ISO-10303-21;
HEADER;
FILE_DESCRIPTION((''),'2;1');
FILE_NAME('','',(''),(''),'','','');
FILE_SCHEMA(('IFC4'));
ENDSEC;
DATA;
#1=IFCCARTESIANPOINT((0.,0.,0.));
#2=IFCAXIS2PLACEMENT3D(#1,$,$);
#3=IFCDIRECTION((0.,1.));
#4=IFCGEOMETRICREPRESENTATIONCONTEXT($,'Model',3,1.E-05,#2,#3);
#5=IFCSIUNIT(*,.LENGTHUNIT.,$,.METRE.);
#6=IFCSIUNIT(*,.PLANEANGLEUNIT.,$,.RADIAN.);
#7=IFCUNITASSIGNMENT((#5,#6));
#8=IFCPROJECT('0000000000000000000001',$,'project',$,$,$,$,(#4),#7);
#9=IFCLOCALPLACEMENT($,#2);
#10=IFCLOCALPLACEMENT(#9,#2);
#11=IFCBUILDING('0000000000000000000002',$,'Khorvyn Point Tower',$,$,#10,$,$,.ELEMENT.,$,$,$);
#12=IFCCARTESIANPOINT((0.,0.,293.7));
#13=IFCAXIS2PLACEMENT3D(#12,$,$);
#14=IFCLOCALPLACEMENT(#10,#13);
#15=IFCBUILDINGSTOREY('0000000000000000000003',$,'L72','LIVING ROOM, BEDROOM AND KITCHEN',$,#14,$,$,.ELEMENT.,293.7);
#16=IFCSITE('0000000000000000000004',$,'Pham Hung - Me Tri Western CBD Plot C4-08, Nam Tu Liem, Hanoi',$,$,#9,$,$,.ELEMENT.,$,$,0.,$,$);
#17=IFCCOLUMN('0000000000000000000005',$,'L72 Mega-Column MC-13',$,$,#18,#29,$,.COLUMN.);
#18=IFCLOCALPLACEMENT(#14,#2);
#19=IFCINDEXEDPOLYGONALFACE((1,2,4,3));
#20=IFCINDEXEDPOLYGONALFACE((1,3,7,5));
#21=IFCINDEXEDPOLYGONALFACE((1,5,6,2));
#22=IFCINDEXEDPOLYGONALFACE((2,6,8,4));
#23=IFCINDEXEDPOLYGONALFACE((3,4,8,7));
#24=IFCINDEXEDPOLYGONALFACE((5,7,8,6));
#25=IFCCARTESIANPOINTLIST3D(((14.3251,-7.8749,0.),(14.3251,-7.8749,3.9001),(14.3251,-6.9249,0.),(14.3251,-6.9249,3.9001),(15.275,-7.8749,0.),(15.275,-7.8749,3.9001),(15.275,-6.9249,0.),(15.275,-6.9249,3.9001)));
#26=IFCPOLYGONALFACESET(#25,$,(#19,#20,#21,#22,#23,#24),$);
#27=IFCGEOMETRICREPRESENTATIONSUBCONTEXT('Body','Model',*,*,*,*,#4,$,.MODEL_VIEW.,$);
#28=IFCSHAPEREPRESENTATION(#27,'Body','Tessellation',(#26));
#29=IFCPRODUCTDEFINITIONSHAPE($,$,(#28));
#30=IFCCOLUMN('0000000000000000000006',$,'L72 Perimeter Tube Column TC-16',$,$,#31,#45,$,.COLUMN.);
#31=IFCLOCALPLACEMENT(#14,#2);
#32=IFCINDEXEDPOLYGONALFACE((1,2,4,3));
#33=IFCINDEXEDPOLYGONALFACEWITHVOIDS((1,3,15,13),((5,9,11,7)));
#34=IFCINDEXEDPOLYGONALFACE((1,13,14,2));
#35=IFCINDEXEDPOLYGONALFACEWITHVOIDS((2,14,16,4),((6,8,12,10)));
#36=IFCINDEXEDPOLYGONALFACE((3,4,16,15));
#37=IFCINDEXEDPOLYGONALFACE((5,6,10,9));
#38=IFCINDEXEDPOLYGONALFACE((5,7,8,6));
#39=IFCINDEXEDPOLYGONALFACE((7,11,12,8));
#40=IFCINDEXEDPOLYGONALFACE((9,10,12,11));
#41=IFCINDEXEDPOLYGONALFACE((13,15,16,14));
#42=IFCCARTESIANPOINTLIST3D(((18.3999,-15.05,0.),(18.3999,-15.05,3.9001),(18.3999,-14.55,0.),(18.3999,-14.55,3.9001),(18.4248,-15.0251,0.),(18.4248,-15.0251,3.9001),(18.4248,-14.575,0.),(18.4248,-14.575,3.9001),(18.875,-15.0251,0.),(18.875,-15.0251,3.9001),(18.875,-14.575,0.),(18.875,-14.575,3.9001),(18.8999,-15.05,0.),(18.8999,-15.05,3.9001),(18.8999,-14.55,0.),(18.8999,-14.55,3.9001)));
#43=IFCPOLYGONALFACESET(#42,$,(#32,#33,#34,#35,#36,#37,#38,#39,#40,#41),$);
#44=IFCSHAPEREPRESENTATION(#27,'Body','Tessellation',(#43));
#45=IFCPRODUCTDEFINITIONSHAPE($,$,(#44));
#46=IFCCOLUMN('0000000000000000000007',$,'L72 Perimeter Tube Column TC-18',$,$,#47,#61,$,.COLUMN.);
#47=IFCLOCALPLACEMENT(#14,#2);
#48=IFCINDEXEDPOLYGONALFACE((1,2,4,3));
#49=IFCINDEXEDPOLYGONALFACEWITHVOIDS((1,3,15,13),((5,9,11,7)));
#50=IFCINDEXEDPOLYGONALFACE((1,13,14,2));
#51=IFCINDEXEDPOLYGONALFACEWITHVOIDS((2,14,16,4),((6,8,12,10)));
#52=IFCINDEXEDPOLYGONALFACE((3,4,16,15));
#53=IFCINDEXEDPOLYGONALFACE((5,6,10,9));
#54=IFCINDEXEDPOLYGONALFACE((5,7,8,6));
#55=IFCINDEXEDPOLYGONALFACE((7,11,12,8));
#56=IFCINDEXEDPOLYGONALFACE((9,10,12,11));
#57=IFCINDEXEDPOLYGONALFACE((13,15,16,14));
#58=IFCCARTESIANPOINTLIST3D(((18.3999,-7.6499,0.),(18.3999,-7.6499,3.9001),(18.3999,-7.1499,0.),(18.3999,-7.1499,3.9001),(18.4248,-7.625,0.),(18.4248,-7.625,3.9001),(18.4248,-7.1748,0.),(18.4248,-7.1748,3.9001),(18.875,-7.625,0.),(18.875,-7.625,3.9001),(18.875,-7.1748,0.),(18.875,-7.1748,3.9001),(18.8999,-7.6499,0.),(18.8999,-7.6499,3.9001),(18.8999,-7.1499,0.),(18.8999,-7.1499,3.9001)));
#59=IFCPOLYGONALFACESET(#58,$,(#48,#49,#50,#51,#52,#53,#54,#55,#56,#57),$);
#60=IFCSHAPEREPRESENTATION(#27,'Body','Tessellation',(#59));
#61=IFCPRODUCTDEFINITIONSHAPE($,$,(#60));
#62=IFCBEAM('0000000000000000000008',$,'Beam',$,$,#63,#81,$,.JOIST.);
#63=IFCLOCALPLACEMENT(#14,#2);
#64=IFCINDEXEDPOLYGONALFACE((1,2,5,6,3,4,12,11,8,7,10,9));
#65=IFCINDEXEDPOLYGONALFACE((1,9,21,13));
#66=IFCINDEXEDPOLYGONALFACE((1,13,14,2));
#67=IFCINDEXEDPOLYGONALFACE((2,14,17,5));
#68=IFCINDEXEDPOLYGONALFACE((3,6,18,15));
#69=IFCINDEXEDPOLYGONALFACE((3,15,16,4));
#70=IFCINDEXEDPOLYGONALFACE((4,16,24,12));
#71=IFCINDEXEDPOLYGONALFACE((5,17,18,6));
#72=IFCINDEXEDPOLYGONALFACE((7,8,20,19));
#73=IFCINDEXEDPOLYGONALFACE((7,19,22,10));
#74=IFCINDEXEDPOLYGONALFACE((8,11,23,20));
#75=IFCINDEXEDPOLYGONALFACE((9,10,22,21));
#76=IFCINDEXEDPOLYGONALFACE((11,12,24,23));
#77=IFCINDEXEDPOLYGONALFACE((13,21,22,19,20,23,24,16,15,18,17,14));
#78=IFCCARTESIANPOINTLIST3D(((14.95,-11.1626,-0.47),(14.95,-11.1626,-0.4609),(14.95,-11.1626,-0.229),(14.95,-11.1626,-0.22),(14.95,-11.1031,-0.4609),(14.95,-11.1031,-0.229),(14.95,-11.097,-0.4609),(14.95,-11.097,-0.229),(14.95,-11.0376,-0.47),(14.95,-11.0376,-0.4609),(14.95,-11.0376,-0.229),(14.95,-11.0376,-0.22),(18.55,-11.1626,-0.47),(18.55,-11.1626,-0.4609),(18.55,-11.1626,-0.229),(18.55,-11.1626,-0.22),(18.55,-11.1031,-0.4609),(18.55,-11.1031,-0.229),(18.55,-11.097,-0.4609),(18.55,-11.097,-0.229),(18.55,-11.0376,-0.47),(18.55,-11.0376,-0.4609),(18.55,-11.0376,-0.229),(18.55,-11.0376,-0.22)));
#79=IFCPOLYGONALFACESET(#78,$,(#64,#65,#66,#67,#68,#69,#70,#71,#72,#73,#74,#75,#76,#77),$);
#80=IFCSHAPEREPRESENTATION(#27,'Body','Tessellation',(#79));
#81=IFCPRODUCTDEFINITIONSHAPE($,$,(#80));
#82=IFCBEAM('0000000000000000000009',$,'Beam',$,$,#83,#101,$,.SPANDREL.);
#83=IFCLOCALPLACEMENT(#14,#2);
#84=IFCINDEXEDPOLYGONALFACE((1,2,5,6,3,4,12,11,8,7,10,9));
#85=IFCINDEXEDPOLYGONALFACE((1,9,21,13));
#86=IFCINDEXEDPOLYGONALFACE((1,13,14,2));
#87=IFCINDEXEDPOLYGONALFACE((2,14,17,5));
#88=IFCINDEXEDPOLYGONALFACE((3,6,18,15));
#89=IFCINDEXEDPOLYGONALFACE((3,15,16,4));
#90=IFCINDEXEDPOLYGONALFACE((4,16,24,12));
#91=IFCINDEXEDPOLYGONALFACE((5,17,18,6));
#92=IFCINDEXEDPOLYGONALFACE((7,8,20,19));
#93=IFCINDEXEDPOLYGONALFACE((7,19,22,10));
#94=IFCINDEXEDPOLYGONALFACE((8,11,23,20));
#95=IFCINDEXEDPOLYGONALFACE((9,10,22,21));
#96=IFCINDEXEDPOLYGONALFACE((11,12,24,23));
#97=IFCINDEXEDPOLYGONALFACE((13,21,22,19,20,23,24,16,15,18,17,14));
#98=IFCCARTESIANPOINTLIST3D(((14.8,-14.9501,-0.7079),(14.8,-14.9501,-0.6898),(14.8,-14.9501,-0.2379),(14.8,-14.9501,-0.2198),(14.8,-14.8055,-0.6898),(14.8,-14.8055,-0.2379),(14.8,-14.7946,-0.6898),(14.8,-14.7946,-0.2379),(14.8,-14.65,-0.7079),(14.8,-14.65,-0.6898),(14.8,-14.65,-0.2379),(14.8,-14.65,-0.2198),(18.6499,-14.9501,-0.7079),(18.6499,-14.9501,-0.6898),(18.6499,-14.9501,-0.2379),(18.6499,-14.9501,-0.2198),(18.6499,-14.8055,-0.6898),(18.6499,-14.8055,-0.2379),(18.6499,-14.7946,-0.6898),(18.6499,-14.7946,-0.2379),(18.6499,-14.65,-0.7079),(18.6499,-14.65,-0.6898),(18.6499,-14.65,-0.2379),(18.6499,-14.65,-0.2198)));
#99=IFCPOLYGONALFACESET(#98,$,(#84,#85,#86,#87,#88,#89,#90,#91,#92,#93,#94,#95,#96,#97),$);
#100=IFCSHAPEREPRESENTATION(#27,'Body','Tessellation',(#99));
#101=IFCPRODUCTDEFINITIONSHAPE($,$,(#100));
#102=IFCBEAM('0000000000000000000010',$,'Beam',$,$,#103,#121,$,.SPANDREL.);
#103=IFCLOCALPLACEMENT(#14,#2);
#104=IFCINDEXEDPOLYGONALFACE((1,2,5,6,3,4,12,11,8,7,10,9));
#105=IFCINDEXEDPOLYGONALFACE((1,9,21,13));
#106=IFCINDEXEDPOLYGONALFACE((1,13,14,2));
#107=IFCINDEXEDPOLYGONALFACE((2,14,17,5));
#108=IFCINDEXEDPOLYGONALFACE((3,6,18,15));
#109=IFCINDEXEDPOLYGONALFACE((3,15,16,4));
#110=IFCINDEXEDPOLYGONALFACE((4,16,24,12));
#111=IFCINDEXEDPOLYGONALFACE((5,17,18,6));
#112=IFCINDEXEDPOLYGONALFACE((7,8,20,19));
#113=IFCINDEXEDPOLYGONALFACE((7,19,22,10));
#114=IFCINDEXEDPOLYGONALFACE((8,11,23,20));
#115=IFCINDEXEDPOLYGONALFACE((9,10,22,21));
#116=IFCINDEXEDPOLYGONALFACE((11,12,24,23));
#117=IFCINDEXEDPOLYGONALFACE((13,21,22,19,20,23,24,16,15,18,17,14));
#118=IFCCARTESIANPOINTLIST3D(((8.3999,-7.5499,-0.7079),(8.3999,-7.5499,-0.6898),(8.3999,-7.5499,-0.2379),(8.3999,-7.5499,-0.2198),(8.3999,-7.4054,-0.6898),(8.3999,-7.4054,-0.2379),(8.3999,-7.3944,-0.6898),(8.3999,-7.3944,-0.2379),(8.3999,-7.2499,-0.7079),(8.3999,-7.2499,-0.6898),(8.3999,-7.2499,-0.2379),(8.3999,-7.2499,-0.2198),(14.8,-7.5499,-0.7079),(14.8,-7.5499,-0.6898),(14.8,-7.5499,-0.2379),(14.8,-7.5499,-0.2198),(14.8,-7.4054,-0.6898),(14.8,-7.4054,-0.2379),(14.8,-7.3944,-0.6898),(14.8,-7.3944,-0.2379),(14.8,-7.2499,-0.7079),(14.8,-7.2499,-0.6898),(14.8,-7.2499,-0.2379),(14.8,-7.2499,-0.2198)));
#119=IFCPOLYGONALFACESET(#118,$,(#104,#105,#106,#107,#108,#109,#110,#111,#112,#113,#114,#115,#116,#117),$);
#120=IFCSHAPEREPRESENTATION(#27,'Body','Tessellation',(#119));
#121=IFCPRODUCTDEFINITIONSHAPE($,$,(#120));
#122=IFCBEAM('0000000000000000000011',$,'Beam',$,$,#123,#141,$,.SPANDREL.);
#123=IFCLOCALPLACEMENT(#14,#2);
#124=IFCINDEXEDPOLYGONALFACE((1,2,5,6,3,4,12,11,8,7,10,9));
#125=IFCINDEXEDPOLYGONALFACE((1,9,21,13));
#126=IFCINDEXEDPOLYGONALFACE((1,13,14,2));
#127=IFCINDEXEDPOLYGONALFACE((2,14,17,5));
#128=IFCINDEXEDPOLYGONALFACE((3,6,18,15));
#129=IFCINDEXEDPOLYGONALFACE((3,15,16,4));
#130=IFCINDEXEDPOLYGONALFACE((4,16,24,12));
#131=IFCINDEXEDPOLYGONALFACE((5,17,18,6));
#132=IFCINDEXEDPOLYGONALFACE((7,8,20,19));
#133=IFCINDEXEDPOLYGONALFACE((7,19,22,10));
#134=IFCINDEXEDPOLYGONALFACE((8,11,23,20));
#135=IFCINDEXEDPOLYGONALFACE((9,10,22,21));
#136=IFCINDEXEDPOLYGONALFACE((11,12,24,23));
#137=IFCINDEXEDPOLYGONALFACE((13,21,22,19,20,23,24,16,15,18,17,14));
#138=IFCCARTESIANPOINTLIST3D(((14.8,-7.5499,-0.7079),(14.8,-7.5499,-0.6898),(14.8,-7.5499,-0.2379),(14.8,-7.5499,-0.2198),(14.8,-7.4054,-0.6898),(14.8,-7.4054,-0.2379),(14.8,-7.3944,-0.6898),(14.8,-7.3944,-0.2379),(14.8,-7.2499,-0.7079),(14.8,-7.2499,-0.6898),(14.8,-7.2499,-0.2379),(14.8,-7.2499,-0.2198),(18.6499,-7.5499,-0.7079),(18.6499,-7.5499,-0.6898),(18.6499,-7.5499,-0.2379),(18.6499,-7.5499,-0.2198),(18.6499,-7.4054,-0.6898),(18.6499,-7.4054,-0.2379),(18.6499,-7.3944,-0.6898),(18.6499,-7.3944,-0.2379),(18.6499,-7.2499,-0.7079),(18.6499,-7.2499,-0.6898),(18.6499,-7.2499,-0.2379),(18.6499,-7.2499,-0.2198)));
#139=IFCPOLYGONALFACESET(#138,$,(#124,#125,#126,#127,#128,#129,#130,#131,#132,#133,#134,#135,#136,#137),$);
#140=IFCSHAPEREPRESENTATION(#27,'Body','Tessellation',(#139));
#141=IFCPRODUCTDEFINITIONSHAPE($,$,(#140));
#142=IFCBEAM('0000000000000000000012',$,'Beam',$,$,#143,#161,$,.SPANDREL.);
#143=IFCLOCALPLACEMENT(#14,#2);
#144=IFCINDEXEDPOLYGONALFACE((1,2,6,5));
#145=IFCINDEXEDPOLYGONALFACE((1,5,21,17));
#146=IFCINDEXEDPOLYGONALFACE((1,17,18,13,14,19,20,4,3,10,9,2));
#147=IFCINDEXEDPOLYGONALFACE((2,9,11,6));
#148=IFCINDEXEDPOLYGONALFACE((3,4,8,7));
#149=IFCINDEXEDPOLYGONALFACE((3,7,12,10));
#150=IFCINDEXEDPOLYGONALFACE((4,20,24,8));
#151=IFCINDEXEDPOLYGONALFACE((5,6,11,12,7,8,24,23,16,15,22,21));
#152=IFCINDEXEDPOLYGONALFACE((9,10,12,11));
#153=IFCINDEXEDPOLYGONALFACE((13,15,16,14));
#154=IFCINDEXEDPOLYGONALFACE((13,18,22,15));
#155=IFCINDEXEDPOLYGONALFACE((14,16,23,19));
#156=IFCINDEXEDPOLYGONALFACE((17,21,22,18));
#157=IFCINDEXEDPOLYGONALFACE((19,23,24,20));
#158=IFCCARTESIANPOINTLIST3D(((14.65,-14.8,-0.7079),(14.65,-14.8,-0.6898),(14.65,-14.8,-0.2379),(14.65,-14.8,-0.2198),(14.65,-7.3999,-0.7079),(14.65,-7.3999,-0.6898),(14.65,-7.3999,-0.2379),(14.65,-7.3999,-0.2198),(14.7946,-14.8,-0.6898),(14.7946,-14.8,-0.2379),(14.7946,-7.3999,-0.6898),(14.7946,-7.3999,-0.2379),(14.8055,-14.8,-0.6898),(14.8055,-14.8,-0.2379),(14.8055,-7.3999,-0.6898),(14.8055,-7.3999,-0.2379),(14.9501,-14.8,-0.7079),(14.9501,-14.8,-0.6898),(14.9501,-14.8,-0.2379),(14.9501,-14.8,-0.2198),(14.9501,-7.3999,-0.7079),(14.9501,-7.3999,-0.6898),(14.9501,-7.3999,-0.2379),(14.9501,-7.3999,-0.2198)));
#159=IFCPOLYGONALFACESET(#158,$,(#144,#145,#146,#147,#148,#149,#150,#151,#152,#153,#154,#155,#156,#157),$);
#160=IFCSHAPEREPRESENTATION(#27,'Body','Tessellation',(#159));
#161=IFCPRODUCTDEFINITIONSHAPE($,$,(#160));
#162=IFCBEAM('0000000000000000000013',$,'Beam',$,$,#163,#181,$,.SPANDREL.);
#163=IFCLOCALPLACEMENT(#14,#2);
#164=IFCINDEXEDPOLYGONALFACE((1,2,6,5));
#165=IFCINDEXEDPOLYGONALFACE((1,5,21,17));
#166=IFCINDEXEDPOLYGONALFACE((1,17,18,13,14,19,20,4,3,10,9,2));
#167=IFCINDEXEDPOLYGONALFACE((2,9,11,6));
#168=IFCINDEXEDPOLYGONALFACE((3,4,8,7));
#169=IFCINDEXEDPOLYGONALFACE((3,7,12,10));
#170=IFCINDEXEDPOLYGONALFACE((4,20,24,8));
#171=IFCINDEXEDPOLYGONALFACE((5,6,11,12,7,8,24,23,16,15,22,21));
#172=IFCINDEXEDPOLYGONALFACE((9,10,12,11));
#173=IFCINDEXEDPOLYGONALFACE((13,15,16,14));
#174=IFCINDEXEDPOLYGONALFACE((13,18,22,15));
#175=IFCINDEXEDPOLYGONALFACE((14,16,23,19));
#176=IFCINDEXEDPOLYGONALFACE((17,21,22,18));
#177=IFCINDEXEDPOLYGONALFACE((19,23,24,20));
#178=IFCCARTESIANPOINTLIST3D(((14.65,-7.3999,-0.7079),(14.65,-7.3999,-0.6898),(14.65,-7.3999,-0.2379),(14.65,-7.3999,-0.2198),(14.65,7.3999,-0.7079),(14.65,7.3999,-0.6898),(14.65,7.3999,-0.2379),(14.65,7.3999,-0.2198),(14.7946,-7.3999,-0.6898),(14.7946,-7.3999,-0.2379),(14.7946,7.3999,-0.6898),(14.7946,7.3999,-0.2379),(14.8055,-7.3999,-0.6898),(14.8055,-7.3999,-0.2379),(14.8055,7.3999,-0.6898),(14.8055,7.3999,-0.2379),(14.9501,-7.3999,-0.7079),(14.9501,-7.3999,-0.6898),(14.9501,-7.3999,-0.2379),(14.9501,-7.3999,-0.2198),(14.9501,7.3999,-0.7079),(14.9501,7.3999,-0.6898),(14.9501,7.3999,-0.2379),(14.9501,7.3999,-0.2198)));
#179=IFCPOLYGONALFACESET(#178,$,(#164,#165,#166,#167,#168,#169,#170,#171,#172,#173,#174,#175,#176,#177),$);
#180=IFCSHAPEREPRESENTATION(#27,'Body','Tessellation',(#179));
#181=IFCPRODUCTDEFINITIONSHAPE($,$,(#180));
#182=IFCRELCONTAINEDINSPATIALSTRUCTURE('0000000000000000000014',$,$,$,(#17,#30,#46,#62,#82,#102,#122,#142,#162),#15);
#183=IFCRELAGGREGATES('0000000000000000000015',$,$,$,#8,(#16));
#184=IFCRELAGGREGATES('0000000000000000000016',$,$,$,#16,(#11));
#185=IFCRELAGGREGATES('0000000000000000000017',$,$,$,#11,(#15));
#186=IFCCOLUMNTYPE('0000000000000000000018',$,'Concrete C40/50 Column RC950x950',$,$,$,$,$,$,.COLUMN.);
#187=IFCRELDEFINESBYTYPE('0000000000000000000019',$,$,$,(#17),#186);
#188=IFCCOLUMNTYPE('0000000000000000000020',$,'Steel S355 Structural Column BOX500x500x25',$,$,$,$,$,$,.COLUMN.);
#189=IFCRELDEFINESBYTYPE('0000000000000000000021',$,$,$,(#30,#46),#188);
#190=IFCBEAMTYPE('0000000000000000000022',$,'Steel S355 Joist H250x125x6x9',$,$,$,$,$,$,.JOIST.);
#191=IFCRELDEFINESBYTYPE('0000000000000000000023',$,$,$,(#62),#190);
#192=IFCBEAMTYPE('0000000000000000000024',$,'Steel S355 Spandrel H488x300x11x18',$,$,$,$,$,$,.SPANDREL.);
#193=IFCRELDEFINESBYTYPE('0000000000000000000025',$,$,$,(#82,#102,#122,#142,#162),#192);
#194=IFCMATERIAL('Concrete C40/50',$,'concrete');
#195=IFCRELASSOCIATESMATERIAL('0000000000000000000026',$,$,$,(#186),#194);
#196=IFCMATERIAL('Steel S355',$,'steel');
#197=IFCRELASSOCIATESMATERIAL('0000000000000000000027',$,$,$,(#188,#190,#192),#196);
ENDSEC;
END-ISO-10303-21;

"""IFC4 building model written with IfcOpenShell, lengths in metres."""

from ifc_helpers import new_model, si_unit, direction, frame, origin, origin_2d, place, context, subcontext, project, spatial, rectangle, hollow_rectangle, i_section, extrude, material, material_profile, profile_set, type_object, element, save


model = new_model("IFC4")

# Units and contexts
model_context = context("Model", 3, precision=1e-05, world=origin(), true_north=direction((0.0, 1.0)))
body_context = subcontext(model_context, "Body", "Model", "MODEL_VIEW")
ifc_project = project(units=[si_unit("LENGTHUNIT", "METRE"), si_unit("PLANEANGLEUNIT", "RADIAN")], contexts=[model_context])

# Site, building, storey
site_placement = place(None, origin())
site = spatial("IfcSite", under=ifc_project, at=site_placement, Name="Pham Hung - Me Tri Western CBD Plot C4-08, Nam Tu Liem, Hanoi", CompositionType="ELEMENT", RefElevation=0.0)
building_placement = place(site_placement, origin())
building = spatial("IfcBuilding", under=site, at=building_placement, Name="Khorvyn Point Tower", CompositionType="ELEMENT")
storey_placement = place(building_placement, frame((0.0, 0.0, 293.7)))
storey = spatial("IfcBuildingStorey", under=building, at=storey_placement, Name="L72", Description="LIVING ROOM, BEDROOM AND KITCHEN", CompositionType="ELEMENT", Elevation=293.7)

# Columns
ifc_material_1 = material(Name="Concrete C40/50", Category="concrete")
ifc_material_profile_1 = material_profile(ifc_material_1, rectangle(XDim=0.95, YDim=0.95, at=origin_2d()))
ifc_profile_set_1 = profile_set([ifc_material_profile_1], Name="Concrete C40/50 RC950x950")
column_type_1 = type_object("IfcColumnType", Name="Concrete C40/50 Column RC950x950", PredefinedType="COLUMN", material=ifc_profile_set_1)
column_placement = place(storey_placement, frame((14.8, -7.3999, 0.0), z_axis=(0.0, 0.0, 1.0), x_axis=(1.0, 0.0, 0.0)))
element("IfcColumn", 1, at=column_placement, inside=storey, type_object=column_type_1, Name="L72 Mega-Column MC-13", PredefinedType="COLUMN", context=body_context, shape_type="SweptSolid", body=[
    extrude(rectangle(XDim=0.95, YDim=0.95, at=origin_2d()), origin(), (0.0, 0.0, 1.0), 3.9001),
])
ifc_material_2 = material(Name="Steel S355", Category="steel")
ifc_material_profile_2 = material_profile(ifc_material_2, hollow_rectangle(XDim=0.5, YDim=0.5, WallThickness=0.0249, at=origin_2d()))
ifc_profile_set_2 = profile_set([ifc_material_profile_2], Name="Steel S355 BOX500x500x25")
column_type_2 = type_object("IfcColumnType", Name="Steel S355 Structural Column BOX500x500x25", PredefinedType="COLUMN", material=ifc_profile_set_2)
for number, where, z_axis, x_axis, name in (
    (2, (18.6499, -14.8, 0.0), (0.0, 0.0, 1.0), (1.0, 0.0, 0.0), "L72 Perimeter Tube Column TC-16"),
    (3, (18.6499, -7.3999, 0.0), (0.0, 0.0, 1.0), (1.0, 0.0, 0.0), "L72 Perimeter Tube Column TC-18"),
):
    element("IfcColumn", number, at=place(storey_placement, frame(where, z_axis=z_axis, x_axis=x_axis)), inside=storey, type_object=column_type_2, Name=name, PredefinedType="COLUMN", context=body_context, shape_type="SweptSolid", body=[
        extrude(hollow_rectangle(XDim=0.5, YDim=0.5, WallThickness=0.0249, at=origin_2d()), origin(), (0.0, 0.0, 1.0), 3.9001),
    ])

# Beams
ifc_material_profile_3 = material_profile(ifc_material_2, i_section(OverallWidth=0.125, OverallDepth=0.25, WebThickness=0.0061, FlangeThickness=0.009, at=origin_2d()))
ifc_profile_set_3 = profile_set([ifc_material_profile_3], Name="Steel S355 H250x125x6x9")
beam_type_1 = type_object("IfcBeamType", Name="Steel S355 Joist H250x125x6x9", PredefinedType="JOIST", material=ifc_profile_set_3)
beam_1_placement = place(storey_placement, frame((14.95, -11.1001, -0.345), z_axis=(1.0, 0.0, 0.0), x_axis=(0.0, 1.0, 0.0)))
element("IfcBeam", 4, at=beam_1_placement, inside=storey, type_object=beam_type_1, Name="Beam", PredefinedType="JOIST", context=body_context, shape_type="SweptSolid", body=[
    extrude(i_section(OverallWidth=0.125, OverallDepth=0.25, WebThickness=0.0061, FlangeThickness=0.009, at=origin_2d()), origin(), (0.0, 0.0, 1.0), 3.6001),
])
ifc_material_profile_4 = material_profile(ifc_material_2, i_section(OverallWidth=0.3, OverallDepth=0.488, WebThickness=0.011, FlangeThickness=0.0181, at=origin_2d()))
ifc_profile_set_4 = profile_set([ifc_material_profile_4], Name="Steel S355 H488x300x11x18")
beam_type_2 = type_object("IfcBeamType", Name="Steel S355 Spandrel H488x300x11x18", PredefinedType="SPANDREL", material=ifc_profile_set_4)
beam_2_placement = place(storey_placement, frame((14.8, -14.8, -0.4639), z_axis=(1.0, 0.0, 0.0), x_axis=(0.0, 1.0, 0.0)))
element("IfcBeam", 5, at=beam_2_placement, inside=storey, type_object=beam_type_2, Name="Beam", PredefinedType="SPANDREL", context=body_context, shape_type="SweptSolid", body=[
    extrude(i_section(OverallWidth=0.3, OverallDepth=0.488, WebThickness=0.011, FlangeThickness=0.0181, at=origin_2d()), origin(), (0.0, 0.0, 1.0), 3.8499),
])
beam_3_placement = place(storey_placement, frame((8.3999, -7.3999, -0.4639), z_axis=(1.0, 0.0, 0.0), x_axis=(0.0, 1.0, 0.0)))
element("IfcBeam", 6, at=beam_3_placement, inside=storey, type_object=beam_type_2, Name="Beam", PredefinedType="SPANDREL", context=body_context, shape_type="SweptSolid", body=[
    extrude(i_section(OverallWidth=0.3, OverallDepth=0.488, WebThickness=0.011, FlangeThickness=0.0181, at=origin_2d()), origin(), (0.0, 0.0, 1.0), 6.4001),
])
beam_4_placement = place(storey_placement, frame((14.8, -7.3999, -0.4639), z_axis=(1.0, 0.0, 0.0), x_axis=(0.0, 1.0, 0.0)))
element("IfcBeam", 7, at=beam_4_placement, inside=storey, type_object=beam_type_2, Name="Beam", PredefinedType="SPANDREL", context=body_context, shape_type="SweptSolid", body=[
    extrude(i_section(OverallWidth=0.3, OverallDepth=0.488, WebThickness=0.011, FlangeThickness=0.0181, at=origin_2d()), origin(), (0.0, 0.0, 1.0), 3.8499),
])
beam_5_placement = place(storey_placement, frame((14.8, -14.8, -0.4639), z_axis=(0.0, 1.0, 0.0), x_axis=(-1.0, 0.0, 0.0)))
element("IfcBeam", 8, at=beam_5_placement, inside=storey, type_object=beam_type_2, Name="Beam", PredefinedType="SPANDREL", context=body_context, shape_type="SweptSolid", body=[
    extrude(i_section(OverallWidth=0.3, OverallDepth=0.488, WebThickness=0.011, FlangeThickness=0.0181, at=origin_2d()), origin(), (0.0, 0.0, 1.0), 7.4001),
])
beam_6_placement = place(storey_placement, frame((14.8, -7.3999, -0.4639), z_axis=(0.0, 1.0, 0.0), x_axis=(-1.0, 0.0, 0.0)))
element("IfcBeam", 9, at=beam_6_placement, inside=storey, type_object=beam_type_2, Name="Beam", PredefinedType="SPANDREL", context=body_context, shape_type="SweptSolid", body=[
    extrude(i_section(OverallWidth=0.3, OverallDepth=0.488, WebThickness=0.011, FlangeThickness=0.0181, at=origin_2d()), origin(), (0.0, 0.0, 1.0), 14.7998),
])

save(model, "model.ifc")
